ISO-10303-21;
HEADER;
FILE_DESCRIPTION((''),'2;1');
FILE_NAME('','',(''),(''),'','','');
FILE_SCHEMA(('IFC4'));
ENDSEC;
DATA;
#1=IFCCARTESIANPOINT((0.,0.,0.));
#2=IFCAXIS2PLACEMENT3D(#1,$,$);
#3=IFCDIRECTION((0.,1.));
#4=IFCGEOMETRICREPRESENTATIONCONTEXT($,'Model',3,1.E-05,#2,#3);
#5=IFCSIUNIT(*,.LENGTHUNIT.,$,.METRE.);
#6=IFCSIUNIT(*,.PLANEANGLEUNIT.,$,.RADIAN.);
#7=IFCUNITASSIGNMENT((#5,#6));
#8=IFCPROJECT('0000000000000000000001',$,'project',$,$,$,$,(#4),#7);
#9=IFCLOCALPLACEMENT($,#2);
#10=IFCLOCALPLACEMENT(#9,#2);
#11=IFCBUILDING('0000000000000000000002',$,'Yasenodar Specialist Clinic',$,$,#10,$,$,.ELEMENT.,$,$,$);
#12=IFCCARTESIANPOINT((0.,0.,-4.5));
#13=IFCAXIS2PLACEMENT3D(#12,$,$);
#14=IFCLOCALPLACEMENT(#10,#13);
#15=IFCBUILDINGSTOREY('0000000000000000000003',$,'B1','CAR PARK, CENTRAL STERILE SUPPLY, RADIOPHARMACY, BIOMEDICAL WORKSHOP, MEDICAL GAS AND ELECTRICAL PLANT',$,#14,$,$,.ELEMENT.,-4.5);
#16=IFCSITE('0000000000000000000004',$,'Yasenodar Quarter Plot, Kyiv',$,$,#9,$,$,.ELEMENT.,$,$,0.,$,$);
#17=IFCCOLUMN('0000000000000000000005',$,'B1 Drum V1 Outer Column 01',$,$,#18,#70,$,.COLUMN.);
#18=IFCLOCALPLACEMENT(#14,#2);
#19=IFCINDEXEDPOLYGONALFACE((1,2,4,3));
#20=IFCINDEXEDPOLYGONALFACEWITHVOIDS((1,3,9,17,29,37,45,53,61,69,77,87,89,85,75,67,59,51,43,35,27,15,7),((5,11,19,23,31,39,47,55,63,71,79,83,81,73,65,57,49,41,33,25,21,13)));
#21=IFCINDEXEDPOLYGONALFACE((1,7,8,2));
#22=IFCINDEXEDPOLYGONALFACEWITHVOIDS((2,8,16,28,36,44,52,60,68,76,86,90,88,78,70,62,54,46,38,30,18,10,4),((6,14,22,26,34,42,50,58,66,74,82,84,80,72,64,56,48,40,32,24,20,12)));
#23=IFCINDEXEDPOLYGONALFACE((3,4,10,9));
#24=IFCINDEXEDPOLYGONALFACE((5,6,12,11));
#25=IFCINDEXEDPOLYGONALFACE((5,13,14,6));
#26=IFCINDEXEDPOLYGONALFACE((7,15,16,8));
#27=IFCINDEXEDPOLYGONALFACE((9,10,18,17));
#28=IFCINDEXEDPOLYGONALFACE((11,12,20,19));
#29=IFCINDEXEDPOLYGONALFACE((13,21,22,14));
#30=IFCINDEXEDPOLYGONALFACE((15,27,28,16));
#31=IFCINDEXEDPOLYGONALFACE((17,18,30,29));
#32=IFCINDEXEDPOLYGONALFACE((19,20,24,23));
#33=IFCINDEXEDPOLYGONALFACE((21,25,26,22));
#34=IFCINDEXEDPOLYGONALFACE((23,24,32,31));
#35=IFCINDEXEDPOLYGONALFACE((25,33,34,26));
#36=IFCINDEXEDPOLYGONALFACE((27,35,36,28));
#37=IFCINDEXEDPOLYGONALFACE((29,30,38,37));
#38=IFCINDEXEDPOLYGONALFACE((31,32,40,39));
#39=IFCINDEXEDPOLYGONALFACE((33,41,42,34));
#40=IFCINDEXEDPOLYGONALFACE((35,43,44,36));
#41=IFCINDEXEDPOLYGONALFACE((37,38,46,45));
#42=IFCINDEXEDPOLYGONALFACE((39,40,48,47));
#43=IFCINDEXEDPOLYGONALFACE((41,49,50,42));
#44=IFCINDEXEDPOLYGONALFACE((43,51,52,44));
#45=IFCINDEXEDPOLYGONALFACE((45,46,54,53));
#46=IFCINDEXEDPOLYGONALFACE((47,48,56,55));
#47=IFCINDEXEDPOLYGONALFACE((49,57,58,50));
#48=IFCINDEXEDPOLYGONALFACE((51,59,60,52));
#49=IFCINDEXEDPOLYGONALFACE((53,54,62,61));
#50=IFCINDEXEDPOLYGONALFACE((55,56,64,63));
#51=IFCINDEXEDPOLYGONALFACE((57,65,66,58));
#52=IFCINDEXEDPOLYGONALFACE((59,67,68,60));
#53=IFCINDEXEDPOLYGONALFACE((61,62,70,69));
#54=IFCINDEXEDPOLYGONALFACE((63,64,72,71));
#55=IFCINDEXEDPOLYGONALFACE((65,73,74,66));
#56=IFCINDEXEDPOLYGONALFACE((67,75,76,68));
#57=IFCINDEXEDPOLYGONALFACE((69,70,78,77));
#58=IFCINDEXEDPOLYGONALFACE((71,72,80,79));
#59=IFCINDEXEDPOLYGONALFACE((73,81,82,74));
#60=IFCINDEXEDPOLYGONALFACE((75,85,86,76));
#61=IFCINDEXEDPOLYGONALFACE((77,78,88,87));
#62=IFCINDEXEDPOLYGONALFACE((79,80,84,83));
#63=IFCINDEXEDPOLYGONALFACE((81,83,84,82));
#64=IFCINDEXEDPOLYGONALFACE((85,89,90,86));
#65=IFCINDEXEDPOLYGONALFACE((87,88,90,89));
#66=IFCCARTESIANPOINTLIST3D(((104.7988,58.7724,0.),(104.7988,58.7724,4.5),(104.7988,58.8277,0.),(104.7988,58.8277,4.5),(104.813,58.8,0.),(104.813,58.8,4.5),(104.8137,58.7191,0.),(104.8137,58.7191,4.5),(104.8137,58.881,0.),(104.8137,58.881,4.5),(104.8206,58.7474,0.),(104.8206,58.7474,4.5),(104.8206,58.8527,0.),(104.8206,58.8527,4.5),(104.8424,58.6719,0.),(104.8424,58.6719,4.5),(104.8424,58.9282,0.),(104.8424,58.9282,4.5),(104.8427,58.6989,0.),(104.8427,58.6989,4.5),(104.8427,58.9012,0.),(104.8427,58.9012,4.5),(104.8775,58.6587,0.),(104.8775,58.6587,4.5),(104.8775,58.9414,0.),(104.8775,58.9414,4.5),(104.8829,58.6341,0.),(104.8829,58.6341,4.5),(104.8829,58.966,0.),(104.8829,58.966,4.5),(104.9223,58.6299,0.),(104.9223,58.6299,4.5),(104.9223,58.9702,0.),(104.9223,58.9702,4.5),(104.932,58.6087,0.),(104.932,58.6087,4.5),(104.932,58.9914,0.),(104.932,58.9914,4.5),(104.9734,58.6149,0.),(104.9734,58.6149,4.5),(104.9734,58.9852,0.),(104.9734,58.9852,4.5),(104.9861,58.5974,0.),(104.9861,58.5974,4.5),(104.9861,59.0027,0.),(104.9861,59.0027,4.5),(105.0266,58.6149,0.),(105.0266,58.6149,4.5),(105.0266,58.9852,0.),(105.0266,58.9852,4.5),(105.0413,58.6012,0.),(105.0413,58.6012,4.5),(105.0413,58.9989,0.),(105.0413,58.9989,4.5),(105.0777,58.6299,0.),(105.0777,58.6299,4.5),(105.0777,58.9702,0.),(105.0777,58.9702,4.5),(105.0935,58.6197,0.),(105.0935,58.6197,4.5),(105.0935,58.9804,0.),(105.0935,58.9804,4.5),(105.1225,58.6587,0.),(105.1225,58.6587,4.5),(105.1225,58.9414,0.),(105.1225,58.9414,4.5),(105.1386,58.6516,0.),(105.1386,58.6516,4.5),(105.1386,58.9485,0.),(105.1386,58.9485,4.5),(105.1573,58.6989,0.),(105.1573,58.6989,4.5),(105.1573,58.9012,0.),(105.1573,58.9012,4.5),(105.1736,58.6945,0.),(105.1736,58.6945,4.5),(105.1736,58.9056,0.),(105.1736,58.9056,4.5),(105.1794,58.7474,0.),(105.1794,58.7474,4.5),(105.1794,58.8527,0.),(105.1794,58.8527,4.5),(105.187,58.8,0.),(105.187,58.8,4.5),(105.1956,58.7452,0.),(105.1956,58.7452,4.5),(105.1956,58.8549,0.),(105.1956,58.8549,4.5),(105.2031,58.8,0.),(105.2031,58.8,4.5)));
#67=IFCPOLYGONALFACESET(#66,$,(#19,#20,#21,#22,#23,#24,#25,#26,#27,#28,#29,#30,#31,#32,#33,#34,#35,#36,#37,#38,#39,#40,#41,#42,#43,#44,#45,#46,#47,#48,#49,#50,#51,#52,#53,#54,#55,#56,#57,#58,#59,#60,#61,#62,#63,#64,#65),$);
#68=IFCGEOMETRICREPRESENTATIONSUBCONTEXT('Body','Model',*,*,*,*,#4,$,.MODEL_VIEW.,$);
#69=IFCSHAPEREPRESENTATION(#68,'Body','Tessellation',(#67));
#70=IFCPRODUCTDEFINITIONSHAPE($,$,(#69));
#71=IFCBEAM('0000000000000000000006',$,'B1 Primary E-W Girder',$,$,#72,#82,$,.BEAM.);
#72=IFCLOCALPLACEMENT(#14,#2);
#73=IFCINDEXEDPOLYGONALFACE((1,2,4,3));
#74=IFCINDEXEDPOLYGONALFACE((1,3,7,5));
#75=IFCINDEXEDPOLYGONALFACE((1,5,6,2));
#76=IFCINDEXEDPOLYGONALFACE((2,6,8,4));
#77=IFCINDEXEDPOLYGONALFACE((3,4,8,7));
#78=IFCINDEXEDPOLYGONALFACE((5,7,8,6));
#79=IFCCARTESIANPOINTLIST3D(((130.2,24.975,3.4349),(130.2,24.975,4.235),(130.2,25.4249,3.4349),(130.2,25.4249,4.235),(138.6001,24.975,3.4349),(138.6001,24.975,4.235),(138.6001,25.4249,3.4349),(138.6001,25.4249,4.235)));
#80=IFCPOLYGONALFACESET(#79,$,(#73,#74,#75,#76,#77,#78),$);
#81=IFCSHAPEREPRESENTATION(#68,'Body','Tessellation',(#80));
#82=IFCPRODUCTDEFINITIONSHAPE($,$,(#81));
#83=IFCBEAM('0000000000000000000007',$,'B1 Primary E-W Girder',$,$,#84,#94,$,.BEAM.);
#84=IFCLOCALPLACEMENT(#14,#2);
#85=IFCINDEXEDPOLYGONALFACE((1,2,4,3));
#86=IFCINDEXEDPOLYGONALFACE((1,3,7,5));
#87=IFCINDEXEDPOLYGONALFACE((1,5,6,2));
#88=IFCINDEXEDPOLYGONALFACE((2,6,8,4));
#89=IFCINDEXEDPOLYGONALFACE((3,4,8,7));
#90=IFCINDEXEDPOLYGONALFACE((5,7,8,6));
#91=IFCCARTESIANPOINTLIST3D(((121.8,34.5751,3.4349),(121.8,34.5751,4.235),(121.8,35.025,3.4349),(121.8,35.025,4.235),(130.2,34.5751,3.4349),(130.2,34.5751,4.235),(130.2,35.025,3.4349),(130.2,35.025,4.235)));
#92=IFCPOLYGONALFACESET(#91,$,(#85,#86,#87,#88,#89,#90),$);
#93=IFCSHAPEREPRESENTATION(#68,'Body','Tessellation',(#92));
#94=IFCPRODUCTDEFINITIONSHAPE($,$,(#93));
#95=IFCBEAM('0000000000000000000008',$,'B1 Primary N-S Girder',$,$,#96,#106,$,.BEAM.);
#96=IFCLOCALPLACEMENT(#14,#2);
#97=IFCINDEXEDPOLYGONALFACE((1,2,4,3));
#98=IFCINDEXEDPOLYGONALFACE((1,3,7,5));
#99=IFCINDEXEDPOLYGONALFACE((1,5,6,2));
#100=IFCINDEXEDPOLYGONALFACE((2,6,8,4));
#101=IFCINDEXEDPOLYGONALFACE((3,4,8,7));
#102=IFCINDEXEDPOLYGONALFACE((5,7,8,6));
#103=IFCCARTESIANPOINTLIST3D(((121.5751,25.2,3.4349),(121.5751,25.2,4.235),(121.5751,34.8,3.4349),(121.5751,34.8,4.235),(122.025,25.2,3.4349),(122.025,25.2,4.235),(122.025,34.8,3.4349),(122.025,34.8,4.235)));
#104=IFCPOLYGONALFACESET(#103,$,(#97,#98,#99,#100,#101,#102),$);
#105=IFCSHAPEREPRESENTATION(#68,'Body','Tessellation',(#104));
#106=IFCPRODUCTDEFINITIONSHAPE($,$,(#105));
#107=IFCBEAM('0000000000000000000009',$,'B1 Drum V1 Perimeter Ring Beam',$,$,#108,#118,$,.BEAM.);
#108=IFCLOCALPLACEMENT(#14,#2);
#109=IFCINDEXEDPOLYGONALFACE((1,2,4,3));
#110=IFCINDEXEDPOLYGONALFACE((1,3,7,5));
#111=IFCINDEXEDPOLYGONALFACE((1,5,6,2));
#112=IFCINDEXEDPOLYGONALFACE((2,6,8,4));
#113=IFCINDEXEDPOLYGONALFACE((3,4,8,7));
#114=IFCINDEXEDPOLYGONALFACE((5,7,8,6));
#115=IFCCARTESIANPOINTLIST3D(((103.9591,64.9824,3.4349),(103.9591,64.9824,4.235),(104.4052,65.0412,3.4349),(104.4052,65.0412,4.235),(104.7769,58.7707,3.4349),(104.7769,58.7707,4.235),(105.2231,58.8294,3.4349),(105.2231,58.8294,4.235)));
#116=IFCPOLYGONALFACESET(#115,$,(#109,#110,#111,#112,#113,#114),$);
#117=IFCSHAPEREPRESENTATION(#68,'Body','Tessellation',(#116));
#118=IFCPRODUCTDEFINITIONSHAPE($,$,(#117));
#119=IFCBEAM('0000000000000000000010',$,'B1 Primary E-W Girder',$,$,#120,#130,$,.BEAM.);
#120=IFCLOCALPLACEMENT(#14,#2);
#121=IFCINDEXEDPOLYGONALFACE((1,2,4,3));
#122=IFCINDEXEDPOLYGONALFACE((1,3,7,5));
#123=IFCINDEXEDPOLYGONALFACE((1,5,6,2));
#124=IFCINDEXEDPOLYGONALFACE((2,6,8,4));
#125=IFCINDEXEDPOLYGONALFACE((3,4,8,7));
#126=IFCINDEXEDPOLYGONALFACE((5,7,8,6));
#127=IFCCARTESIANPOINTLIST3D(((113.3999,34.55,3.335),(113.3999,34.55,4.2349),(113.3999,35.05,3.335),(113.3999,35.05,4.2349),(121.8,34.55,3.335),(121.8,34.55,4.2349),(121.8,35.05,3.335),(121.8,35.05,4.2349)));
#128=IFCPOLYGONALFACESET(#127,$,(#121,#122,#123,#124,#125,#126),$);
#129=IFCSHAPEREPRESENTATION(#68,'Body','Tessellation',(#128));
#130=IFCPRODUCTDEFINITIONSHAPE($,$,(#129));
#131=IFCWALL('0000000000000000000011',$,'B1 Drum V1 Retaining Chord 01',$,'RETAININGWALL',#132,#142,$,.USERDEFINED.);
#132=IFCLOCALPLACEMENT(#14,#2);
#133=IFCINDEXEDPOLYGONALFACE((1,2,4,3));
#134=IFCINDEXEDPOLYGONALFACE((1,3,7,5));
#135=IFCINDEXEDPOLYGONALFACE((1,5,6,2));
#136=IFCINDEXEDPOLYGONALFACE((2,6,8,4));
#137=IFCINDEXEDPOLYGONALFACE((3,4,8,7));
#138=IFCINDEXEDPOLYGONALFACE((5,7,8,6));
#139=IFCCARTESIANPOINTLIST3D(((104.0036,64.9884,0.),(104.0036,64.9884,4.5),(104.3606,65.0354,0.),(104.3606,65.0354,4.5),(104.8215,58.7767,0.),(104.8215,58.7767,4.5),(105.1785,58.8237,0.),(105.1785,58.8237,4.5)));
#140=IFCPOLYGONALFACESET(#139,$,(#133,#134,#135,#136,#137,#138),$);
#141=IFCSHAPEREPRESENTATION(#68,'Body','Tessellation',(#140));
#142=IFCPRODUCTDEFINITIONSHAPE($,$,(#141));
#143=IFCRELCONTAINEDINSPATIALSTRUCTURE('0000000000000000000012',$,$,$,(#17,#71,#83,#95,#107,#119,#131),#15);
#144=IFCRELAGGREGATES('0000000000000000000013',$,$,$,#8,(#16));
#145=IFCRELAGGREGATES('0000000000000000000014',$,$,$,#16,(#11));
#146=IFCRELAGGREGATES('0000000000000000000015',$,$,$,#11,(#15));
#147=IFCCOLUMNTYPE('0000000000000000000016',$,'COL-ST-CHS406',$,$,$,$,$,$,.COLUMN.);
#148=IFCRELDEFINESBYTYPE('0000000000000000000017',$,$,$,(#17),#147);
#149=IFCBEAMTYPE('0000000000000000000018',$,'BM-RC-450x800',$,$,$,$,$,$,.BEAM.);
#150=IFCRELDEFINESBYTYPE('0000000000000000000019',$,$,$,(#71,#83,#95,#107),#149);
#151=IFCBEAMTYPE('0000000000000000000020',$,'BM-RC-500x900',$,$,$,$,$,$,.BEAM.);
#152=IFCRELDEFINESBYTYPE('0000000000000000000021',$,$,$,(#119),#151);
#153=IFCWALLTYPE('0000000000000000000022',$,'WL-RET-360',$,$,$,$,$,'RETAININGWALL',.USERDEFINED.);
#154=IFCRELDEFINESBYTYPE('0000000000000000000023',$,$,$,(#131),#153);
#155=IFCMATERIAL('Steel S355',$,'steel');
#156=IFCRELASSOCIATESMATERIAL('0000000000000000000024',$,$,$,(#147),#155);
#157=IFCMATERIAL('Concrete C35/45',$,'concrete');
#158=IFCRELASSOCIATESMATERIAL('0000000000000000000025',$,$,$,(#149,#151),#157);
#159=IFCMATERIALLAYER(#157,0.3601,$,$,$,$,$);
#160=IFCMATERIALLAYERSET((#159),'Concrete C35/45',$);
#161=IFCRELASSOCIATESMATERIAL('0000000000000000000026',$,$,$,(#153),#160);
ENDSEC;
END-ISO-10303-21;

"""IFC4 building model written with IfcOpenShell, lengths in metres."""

from ifc_helpers import new_model, si_unit, direction, frame, frame_2d, origin, origin_2d, place, context, subcontext, project, spatial, rectangle, hollow_circle, extrude, material, layer, layer_set, material_profile, profile_set, type_object, element, save


model = new_model("IFC4")

# Units and contexts
model_context = context("Model", 3, precision=1e-05, world=origin(), true_north=direction((0.0, 1.0)))
body_context = subcontext(model_context, "Body", "Model", "MODEL_VIEW")
ifc_project = project(units=[si_unit("LENGTHUNIT", "METRE"), si_unit("PLANEANGLEUNIT", "RADIAN")], contexts=[model_context])

# Site, building, storey
site_placement = place(None, origin())
site = spatial("IfcSite", under=ifc_project, at=site_placement, Name="Yasenodar Quarter Plot, Kyiv", CompositionType="ELEMENT", RefElevation=0.0)
building_placement = place(site_placement, origin())
building = spatial("IfcBuilding", under=site, at=building_placement, Name="Yasenodar Specialist Clinic", CompositionType="ELEMENT")
storey_placement = place(building_placement, frame((0.0, 0.0, -4.5)))
storey = spatial("IfcBuildingStorey", under=building, at=storey_placement, Name="B1", Description="CAR PARK, CENTRAL STERILE SUPPLY, RADIOPHARMACY, BIOMEDICAL WORKSHOP, MEDICAL GAS AND ELECTRICAL PLANT", CompositionType="ELEMENT", Elevation=-4.5)

# Shared definitions
ifc_material_1 = material(Name="Concrete C35/45", Category="concrete")

# Column
ifc_material_2 = material(Name="Steel S355", Category="steel")
ifc_material_profile_1 = material_profile(ifc_material_2, hollow_circle(Radius=0.2031, WallThickness=0.0161, at=origin_2d()), Name="CHS 406.4x16")
ifc_profile_set_1 = profile_set([ifc_material_profile_1], Name="Steel S355")
column_type_1 = type_object("IfcColumnType", Name="COL-ST-CHS406", PredefinedType="COLUMN", material=ifc_profile_set_1)
column_1_placement = place(storey_placement, frame((105.0, 58.8, 0.0), z_axis=(0.0, 0.0, 1.0), x_axis=(1.0, 0.0, 0.0)))
element("IfcColumn", 1, at=column_1_placement, inside=storey, type_object=column_type_1, Name="B1 Drum V1 Outer Column 01", PredefinedType="COLUMN", context=body_context, shape_type="SweptSolid", body=[
    extrude(hollow_circle(Radius=0.2031, WallThickness=0.0161, at=origin_2d()), origin(), (0.0, 0.0, 1.0), 4.5),
])

# Beams
ifc_material_profile_2 = material_profile(ifc_material_1, rectangle(XDim=0.45, YDim=0.8, at=origin_2d()), Name="RC 450x800")
ifc_profile_set_2 = profile_set([ifc_material_profile_2], Name="Concrete C35/45")
beam_type_1 = type_object("IfcBeamType", Name="BM-RC-450x800", PredefinedType="BEAM", material=ifc_profile_set_2)
beam_1_placement = place(storey_placement, frame((130.2, 25.2, 3.835), z_axis=(1.0, 0.0, 0.0), x_axis=(0.0, 1.0, 0.0)))
element("IfcBeam", 2, at=beam_1_placement, inside=storey, type_object=beam_type_1, Name="B1 Primary E-W Girder", PredefinedType="BEAM", context=body_context, shape_type="SweptSolid", body=[
    extrude(rectangle(XDim=0.45, YDim=0.8, at=origin_2d()), origin(), (0.0, 0.0, 1.0), 8.4001),
])
beam_2_placement = place(storey_placement, frame((121.8, 34.8, 3.835), z_axis=(1.0, 0.0, 0.0), x_axis=(0.0, 1.0, 0.0)))
element("IfcBeam", 3, at=beam_2_placement, inside=storey, type_object=beam_type_1, Name="B1 Primary E-W Girder", PredefinedType="BEAM", context=body_context, shape_type="SweptSolid", body=[
    extrude(rectangle(XDim=0.45, YDim=0.8, at=origin_2d()), origin(), (0.0, 0.0, 1.0), 8.3999),
])
beam_3_placement = place(storey_placement, frame((121.8, 25.2, 3.835), z_axis=(0.0, 1.0, 0.0), x_axis=(-1.0, 0.0, 0.0)))
element("IfcBeam", 4, at=beam_3_placement, inside=storey, type_object=beam_type_1, Name="B1 Primary N-S Girder", PredefinedType="BEAM", context=body_context, shape_type="SweptSolid", body=[
    extrude(rectangle(XDim=0.45, YDim=0.8, at=origin_2d()), origin(), (0.0, 0.0, 1.0), 9.6001),
])
beam_4_placement = place(storey_placement, frame((105.0, 58.8, 3.835), z_axis=(-0.13054, 0.991443, 0.0), x_axis=(-0.991443, -0.13054, 0.0)))
element("IfcBeam", 5, at=beam_4_placement, inside=storey, type_object=beam_type_1, Name="B1 Drum V1 Perimeter Ring Beam", PredefinedType="BEAM", context=body_context, shape_type="SweptSolid", body=[
    extrude(rectangle(XDim=0.45, YDim=0.8, at=origin_2d()), origin(), (0.0, 0.0, 1.0), 6.2654),
])
ifc_material_profile_3 = material_profile(ifc_material_1, rectangle(XDim=0.5, YDim=0.8999, at=origin_2d()), Name="RC 500x900")
ifc_profile_set_3 = profile_set([ifc_material_profile_3], Name="Concrete C35/45")
beam_type_2 = type_object("IfcBeamType", Name="BM-RC-500x900", PredefinedType="BEAM", material=ifc_profile_set_3)
beam_5_placement = place(storey_placement, frame((113.3999, 34.8, 3.7849), z_axis=(1.0, 0.0, 0.0), x_axis=(0.0, 1.0, 0.0)))
element("IfcBeam", 6, at=beam_5_placement, inside=storey, type_object=beam_type_2, Name="B1 Primary E-W Girder", PredefinedType="BEAM", context=body_context, shape_type="SweptSolid", body=[
    extrude(rectangle(XDim=0.5, YDim=0.8999, at=origin_2d()), origin(), (0.0, 0.0, 1.0), 8.4001),
])

# Wall
ifc_layer = layer(ifc_material_1, 0.3601)
ifc_layer_set = layer_set([ifc_layer], Name="Concrete C35/45")
wall_type = type_object("IfcWallType", Name="WL-RET-360", ElementType="RETAININGWALL", PredefinedType="USERDEFINED", material=ifc_layer_set)
wall_placement = place(storey_placement, frame((105.0, 58.8, 0.0), z_axis=(0.0, 0.0, 1.0), x_axis=(-0.13054, 0.991443, 0.0)))
element("IfcWall", 7, at=wall_placement, inside=storey, type_object=wall_type, Name="B1 Drum V1 Retaining Chord 01", ObjectType="RETAININGWALL", PredefinedType="USERDEFINED", context=body_context, shape_type="SweptSolid", body=[
    extrude(rectangle(XDim=6.2654, YDim=0.3601, at=frame_2d((3.1328, 0.0))), origin(), (0.0, 0.0, 1.0), 4.5),
])

save(model, "model.ifc")
